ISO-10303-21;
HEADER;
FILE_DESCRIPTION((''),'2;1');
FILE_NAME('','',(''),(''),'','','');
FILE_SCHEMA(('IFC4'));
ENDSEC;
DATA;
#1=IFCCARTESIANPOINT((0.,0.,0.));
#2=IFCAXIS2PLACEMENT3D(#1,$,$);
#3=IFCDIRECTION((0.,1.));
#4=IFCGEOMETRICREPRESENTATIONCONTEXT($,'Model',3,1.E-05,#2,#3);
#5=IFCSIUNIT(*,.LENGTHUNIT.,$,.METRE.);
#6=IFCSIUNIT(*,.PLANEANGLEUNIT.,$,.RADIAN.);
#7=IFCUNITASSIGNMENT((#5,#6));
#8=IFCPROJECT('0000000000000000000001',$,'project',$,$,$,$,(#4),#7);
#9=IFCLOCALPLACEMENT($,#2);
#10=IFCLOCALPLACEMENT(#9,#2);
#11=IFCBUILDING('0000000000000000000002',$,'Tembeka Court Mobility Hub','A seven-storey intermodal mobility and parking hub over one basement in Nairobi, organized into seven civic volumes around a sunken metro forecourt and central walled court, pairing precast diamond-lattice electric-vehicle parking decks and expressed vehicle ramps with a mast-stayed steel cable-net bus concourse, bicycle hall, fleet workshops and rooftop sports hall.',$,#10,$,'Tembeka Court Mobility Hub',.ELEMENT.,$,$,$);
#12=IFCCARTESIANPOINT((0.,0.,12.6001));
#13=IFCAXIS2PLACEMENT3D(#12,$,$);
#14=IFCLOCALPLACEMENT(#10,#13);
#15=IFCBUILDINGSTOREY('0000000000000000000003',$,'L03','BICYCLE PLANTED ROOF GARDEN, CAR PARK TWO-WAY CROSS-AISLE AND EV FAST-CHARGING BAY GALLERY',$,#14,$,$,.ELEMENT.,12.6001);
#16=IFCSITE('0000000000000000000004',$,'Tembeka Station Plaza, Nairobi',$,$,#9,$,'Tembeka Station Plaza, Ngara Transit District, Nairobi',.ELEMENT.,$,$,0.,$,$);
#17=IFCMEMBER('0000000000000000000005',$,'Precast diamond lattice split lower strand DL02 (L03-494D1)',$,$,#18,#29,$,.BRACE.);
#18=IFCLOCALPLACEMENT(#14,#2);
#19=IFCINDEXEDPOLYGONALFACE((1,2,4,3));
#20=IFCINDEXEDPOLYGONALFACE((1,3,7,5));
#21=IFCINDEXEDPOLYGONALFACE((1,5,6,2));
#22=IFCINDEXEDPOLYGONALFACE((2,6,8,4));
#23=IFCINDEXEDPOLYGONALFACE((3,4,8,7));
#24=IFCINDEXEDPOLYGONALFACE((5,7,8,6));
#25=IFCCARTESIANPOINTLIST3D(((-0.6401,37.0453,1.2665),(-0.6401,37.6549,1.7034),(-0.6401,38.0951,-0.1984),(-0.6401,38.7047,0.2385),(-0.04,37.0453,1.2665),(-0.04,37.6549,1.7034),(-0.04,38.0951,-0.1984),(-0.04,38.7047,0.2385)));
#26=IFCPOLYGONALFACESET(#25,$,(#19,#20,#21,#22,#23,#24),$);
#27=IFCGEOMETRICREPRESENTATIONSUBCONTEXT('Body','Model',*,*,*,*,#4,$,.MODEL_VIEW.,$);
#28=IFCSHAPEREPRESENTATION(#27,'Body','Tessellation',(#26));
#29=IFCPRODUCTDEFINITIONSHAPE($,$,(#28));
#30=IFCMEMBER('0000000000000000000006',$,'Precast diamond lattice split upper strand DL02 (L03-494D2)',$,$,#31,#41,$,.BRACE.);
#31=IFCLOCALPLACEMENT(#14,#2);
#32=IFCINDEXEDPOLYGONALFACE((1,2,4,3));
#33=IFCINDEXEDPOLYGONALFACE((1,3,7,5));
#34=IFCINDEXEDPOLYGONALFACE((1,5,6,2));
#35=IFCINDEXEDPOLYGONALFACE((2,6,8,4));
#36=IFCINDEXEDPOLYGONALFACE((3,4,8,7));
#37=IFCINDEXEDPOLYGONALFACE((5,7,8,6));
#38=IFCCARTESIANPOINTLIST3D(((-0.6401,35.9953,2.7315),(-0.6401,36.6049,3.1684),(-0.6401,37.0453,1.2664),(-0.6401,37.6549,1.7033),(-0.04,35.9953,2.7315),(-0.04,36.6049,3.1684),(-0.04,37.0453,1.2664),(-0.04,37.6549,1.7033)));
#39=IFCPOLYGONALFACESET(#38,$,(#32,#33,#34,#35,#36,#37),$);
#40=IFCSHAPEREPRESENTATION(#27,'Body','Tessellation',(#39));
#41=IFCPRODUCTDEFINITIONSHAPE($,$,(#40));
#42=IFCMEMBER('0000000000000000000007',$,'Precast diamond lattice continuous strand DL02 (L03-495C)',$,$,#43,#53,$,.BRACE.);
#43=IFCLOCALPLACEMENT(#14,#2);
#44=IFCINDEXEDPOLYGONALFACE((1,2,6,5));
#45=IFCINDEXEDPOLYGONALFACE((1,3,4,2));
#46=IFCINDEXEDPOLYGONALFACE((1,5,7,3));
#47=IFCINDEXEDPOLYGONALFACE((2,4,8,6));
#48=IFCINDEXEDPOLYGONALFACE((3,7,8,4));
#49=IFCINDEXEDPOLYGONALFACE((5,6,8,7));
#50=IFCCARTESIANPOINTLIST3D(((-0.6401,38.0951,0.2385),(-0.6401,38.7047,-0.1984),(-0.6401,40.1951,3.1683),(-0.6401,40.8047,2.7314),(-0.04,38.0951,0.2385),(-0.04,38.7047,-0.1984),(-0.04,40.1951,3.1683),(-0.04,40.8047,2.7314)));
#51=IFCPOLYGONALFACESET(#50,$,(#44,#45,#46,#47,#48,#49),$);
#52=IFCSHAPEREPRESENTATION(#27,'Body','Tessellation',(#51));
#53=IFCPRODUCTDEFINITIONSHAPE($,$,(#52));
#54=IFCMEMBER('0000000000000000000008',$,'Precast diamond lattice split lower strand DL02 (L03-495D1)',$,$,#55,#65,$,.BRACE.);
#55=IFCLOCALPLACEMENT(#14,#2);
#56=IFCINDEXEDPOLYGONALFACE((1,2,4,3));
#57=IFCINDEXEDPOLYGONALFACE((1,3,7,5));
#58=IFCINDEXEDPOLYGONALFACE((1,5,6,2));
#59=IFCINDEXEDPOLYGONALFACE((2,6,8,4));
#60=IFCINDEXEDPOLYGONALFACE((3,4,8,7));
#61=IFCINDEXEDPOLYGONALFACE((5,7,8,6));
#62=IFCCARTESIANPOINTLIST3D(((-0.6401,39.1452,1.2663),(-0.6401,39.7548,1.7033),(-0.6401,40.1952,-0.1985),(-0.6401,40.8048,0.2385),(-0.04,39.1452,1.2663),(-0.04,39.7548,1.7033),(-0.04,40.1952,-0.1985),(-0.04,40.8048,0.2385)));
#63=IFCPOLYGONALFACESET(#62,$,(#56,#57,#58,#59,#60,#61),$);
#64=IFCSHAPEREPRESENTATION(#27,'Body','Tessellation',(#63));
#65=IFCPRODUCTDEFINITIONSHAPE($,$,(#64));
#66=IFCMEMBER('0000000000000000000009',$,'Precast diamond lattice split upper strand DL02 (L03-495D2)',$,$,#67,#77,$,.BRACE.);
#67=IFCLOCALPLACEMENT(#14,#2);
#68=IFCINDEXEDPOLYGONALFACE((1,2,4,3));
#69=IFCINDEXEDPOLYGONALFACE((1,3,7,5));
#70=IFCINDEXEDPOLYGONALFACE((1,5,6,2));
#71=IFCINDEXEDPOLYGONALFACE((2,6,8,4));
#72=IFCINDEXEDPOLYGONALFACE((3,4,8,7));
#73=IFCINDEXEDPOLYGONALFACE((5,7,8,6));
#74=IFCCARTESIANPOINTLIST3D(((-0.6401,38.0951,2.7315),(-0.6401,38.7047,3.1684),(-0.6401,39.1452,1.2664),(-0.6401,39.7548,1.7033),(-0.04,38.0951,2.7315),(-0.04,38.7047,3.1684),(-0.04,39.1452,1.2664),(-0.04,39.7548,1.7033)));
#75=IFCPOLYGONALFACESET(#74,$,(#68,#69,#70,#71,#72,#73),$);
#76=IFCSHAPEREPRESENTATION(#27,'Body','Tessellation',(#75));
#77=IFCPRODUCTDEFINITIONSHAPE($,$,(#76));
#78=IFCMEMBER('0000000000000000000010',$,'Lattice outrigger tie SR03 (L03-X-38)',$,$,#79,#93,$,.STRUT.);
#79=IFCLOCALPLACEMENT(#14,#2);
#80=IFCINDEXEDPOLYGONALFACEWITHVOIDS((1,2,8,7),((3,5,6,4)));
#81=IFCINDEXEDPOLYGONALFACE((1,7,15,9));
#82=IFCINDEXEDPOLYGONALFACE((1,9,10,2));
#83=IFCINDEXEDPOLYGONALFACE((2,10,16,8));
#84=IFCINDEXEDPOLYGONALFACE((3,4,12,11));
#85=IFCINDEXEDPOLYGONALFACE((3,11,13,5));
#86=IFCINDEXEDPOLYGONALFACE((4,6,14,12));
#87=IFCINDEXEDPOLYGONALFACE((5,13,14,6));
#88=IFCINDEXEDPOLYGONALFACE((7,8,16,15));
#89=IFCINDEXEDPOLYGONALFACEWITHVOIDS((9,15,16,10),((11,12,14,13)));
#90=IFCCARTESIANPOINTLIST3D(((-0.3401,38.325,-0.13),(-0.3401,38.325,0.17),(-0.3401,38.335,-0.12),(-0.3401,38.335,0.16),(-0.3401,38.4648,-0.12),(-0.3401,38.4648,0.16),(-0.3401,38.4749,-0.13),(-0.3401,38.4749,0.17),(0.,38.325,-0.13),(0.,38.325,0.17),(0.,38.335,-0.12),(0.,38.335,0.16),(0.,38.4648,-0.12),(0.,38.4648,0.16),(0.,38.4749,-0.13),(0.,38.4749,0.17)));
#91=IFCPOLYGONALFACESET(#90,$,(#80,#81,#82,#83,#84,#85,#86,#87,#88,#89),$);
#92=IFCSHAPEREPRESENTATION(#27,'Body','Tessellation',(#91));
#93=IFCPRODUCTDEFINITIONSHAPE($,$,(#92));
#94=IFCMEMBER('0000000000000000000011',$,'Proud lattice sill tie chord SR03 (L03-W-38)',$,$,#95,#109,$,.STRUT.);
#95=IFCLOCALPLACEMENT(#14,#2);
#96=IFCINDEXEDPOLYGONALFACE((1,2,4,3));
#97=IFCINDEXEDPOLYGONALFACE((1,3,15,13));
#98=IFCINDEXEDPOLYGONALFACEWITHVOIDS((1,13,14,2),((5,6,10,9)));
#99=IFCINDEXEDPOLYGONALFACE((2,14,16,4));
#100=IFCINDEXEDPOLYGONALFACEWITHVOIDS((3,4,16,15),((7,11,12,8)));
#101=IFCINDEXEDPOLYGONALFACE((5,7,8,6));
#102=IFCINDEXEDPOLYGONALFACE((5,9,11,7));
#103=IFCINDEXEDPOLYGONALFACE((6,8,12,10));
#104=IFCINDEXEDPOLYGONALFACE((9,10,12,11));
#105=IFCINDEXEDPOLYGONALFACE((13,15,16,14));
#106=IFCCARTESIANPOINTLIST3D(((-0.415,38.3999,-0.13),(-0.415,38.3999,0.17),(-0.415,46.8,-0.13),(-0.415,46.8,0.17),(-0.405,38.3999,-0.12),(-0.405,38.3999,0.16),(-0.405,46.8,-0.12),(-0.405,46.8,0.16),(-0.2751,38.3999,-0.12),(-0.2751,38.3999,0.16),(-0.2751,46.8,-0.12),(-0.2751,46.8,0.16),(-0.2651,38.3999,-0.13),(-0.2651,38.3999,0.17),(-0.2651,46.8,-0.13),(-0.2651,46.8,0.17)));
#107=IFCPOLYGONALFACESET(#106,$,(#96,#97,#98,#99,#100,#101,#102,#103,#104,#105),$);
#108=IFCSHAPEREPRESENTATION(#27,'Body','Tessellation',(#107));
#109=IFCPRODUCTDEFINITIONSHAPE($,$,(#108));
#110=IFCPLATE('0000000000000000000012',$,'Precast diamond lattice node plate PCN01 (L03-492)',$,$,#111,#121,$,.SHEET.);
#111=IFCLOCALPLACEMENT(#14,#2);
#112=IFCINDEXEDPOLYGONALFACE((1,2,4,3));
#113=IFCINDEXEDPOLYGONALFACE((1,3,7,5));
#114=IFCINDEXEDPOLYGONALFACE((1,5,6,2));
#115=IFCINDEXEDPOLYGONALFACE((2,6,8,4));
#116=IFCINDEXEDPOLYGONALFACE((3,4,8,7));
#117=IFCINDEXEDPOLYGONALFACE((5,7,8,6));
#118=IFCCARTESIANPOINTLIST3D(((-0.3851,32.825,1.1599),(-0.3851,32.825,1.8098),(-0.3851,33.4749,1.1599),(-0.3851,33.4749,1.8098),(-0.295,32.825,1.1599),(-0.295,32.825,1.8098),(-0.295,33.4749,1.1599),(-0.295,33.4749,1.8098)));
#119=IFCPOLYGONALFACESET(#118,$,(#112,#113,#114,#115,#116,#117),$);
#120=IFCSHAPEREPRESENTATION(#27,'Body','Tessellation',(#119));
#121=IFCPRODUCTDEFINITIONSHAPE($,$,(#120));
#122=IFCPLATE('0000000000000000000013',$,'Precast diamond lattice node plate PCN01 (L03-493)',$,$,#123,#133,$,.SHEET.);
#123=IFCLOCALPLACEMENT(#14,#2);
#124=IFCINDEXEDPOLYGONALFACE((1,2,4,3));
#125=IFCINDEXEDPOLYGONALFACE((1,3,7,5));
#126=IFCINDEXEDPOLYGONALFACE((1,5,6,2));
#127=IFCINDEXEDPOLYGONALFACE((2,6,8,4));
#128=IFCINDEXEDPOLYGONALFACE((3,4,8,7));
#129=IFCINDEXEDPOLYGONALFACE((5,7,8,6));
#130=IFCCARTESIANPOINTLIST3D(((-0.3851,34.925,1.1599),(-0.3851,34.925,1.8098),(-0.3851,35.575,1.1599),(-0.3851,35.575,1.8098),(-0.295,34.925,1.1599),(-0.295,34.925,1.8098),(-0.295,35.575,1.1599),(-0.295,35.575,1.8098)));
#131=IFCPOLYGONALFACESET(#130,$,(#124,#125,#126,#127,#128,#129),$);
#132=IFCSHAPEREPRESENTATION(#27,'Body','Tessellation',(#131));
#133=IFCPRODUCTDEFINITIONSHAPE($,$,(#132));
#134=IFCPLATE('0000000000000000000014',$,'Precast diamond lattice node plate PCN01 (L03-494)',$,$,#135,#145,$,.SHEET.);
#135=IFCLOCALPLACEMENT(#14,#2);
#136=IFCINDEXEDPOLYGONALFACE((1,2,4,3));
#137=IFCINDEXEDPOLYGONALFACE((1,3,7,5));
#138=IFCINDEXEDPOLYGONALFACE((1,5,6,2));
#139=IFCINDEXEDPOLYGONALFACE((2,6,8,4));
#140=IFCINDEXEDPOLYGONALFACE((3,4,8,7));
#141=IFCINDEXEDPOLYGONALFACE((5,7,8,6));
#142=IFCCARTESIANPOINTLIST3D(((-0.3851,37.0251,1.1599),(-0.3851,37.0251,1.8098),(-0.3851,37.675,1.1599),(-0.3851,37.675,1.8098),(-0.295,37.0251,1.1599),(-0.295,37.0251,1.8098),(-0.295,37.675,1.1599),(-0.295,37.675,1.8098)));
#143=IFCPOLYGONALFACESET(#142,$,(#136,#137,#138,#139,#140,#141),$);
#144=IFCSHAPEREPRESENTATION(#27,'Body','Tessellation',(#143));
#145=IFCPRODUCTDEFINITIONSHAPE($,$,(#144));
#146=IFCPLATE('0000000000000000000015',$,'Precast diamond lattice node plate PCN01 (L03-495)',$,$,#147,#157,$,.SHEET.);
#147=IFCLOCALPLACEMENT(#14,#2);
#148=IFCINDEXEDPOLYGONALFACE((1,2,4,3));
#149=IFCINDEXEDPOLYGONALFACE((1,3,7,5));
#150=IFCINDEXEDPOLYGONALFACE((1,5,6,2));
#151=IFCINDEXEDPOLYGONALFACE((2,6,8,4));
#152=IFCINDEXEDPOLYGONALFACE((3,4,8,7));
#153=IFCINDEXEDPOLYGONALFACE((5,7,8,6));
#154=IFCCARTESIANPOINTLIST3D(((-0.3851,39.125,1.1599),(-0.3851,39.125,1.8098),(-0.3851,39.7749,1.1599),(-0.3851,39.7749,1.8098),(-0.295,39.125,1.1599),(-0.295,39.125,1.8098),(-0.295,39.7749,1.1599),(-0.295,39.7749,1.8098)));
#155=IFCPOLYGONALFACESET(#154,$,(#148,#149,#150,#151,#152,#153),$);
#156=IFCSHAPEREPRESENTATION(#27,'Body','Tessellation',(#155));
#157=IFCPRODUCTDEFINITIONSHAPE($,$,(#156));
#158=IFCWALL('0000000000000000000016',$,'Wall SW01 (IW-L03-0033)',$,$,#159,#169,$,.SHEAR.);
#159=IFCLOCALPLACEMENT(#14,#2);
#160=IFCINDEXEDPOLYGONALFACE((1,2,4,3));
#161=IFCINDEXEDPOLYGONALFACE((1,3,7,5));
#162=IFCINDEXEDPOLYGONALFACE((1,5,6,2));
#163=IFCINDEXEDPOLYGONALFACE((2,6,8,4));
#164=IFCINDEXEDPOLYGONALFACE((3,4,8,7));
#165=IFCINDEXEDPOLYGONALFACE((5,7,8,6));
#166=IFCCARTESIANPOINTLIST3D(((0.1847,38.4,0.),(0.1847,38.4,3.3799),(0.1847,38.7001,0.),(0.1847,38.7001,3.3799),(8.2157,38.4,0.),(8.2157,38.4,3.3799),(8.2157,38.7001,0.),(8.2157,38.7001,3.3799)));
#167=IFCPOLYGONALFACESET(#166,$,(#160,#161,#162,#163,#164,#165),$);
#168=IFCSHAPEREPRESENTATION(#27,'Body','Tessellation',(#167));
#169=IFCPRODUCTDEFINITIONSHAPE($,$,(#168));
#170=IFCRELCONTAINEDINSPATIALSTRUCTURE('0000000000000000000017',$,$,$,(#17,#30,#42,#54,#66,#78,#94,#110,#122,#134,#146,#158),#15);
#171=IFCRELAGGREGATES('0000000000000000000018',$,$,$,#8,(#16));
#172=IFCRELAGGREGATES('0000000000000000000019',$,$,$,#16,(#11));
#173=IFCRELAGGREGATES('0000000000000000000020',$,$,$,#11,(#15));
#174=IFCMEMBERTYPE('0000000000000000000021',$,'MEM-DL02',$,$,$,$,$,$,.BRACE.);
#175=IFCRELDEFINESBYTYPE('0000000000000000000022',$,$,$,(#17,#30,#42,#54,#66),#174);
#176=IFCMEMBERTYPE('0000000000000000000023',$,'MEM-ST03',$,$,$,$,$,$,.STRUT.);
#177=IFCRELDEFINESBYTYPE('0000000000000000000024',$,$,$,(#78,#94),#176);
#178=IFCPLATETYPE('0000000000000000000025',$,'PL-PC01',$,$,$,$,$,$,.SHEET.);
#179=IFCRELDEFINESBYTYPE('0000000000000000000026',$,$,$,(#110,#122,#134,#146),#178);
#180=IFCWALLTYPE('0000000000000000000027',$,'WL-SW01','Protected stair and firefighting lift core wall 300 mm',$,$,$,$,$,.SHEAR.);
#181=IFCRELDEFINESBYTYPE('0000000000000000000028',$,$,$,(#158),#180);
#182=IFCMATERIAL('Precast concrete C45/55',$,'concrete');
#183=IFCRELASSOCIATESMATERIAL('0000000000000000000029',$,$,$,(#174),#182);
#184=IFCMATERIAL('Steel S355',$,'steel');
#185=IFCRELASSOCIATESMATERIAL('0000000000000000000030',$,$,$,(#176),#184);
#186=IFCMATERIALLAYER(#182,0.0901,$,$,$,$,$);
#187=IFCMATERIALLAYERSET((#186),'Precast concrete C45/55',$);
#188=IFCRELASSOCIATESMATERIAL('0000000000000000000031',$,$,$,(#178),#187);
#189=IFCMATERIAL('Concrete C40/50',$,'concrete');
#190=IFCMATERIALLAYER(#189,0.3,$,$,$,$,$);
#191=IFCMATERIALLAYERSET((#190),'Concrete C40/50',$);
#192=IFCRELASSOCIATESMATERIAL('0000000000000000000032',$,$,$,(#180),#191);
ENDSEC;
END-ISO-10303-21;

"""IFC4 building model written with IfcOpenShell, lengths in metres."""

from ifc_helpers import new_model, si_unit, direction, frame, frame_2d, origin, origin_2d, place, context, subcontext, project, spatial, rectangle, hollow_rectangle, extrude, material, layer, layer_set, material_profile, profile_set, type_object, element, save


model = new_model("IFC4")

# Units and contexts
model_context = context("Model", 3, precision=1e-05, world=origin(), true_north=direction((0.0, 1.0)))
body_context = subcontext(model_context, "Body", "Model", "MODEL_VIEW")
ifc_project = project(units=[si_unit("LENGTHUNIT", "METRE"), si_unit("PLANEANGLEUNIT", "RADIAN")], contexts=[model_context])

# Site, building, storey
site_placement = place(None, origin())
site = spatial("IfcSite", under=ifc_project, at=site_placement, Name="Tembeka Station Plaza, Nairobi", LongName="Tembeka Station Plaza, Ngara Transit District, Nairobi", CompositionType="ELEMENT", RefElevation=0.0)
building_placement = place(site_placement, origin())
building = spatial("IfcBuilding", under=site, at=building_placement, Name="Tembeka Court Mobility Hub", Description="A seven-storey intermodal mobility and parking hub over one basement in Nairobi, organized into seven civic volumes around a sunken metro forecourt and central walled court, pairing precast diamond-lattice electric-vehicle parking decks and expressed vehicle ramps with a mast-stayed steel cable-net bus concourse, bicycle hall, fleet workshops and rooftop sports hall.", LongName="Tembeka Court Mobility Hub", CompositionType="ELEMENT")
storey_placement = place(building_placement, frame((0.0, 0.0, 12.6001)))
storey = spatial("IfcBuildingStorey", under=building, at=storey_placement, Name="L03", Description="BICYCLE PLANTED ROOF GARDEN, CAR PARK TWO-WAY CROSS-AISLE AND EV FAST-CHARGING BAY GALLERY", CompositionType="ELEMENT", Elevation=12.6001)

# Shared definitions
ifc_material_1 = material(Name="Steel S355", Category="steel")

# Shared definitions
ifc_material_2 = material(Name="Precast concrete C45/55", Category="concrete")

# Members
ifc_material_profile_1 = material_profile(ifc_material_2, rectangle(XDim=0.6001, YDim=0.75, at=origin_2d()), Name="PC-DIAG 600x750")
ifc_profile_set_1 = profile_set([ifc_material_profile_1], Name="Precast concrete C45/55")
member_type_1 = type_object("IfcMemberType", Name="MEM-DL02", PredefinedType="BRACE", material=ifc_profile_set_1)
member_1_placement = place(storey_placement, frame((-0.3401, 38.3999, 0.02), z_axis=(0.0, -0.582519, 0.812817), x_axis=(1.0, 0.0, 0.0)))
element("IfcMember", 1, at=member_1_placement, inside=storey, type_object=member_type_1, Name="Precast diamond lattice split lower strand DL02 (L03-494D1)", PredefinedType="BRACE", context=body_context, shape_type="SweptSolid", body=[
    extrude(rectangle(XDim=0.6001, YDim=0.75, at=origin_2d()), origin(), (0.0, 0.0, 1.0), 1.8022),
])
member_2_placement = place(storey_placement, frame((-0.3401, 37.3501, 1.4849), z_axis=(0.0, -0.582544, 0.812799), x_axis=(1.0, 0.0, 0.0)))
element("IfcMember", 2, at=member_2_placement, inside=storey, type_object=member_type_1, Name="Precast diamond lattice split upper strand DL02 (L03-494D2)", PredefinedType="BRACE", context=body_context, shape_type="SweptSolid", body=[
    extrude(rectangle(XDim=0.6001, YDim=0.75, at=origin_2d()), origin(), (0.0, 0.0, 1.0), 1.8025),
])
member_3_placement = place(storey_placement, frame((-0.3401, 38.3999, 0.02), z_axis=(0.0, 0.582576, 0.812776), x_axis=(-1.0, 0.0, 0.0)))
element("IfcMember", 3, at=member_3_placement, inside=storey, type_object=member_type_1, Name="Precast diamond lattice continuous strand DL02 (L03-495C)", PredefinedType="BRACE", context=body_context, shape_type="SweptSolid", body=[
    extrude(rectangle(XDim=0.6001, YDim=0.75, at=origin_2d()), origin(), (0.0, 0.0, 1.0), 3.6047),
])
member_4_placement = place(storey_placement, frame((-0.3401, 40.5, 0.02), z_axis=(0.0, -0.582608, 0.812753), x_axis=(1.0, 0.0, 0.0)))
element("IfcMember", 4, at=member_4_placement, inside=storey, type_object=member_type_1, Name="Precast diamond lattice split lower strand DL02 (L03-495D1)", PredefinedType="BRACE", context=body_context, shape_type="SweptSolid", body=[
    extrude(rectangle(XDim=0.6001, YDim=0.75, at=origin_2d()), origin(), (0.0, 0.0, 1.0), 1.8022),
])
member_5_placement = place(storey_placement, frame((-0.3401, 39.45, 1.4849), z_axis=(0.0, -0.582544, 0.812799), x_axis=(1.0, 0.0, 0.0)))
element("IfcMember", 5, at=member_5_placement, inside=storey, type_object=member_type_1, Name="Precast diamond lattice split upper strand DL02 (L03-495D2)", PredefinedType="BRACE", context=body_context, shape_type="SweptSolid", body=[
    extrude(rectangle(XDim=0.6001, YDim=0.75, at=origin_2d()), origin(), (0.0, 0.0, 1.0), 1.8025),
])
ifc_material_profile_2 = material_profile(ifc_material_1, hollow_rectangle(XDim=0.1499, YDim=0.3, WallThickness=0.01, at=origin_2d()), Name="RHS 300x150x10")
ifc_profile_set_2 = profile_set([ifc_material_profile_2], Name="Steel S355")
member_type_2 = type_object("IfcMemberType", Name="MEM-ST03", PredefinedType="STRUT", material=ifc_profile_set_2)
member_6_placement = place(storey_placement, frame((0.0, 38.3999, 0.02), z_axis=(-1.0, 0.0, 0.0), x_axis=(0.0, -1.0, 0.0)))
element("IfcMember", 6, at=member_6_placement, inside=storey, type_object=member_type_2, Name="Lattice outrigger tie SR03 (L03-X-38)", PredefinedType="STRUT", context=body_context, shape_type="SweptSolid", body=[
    extrude(hollow_rectangle(XDim=0.1499, YDim=0.3, WallThickness=0.01, at=origin_2d()), origin(), (0.0, 0.0, 1.0), 0.3401),
])
member_7_placement = place(storey_placement, frame((-0.3401, 38.3999, 0.02), z_axis=(0.0, 1.0, 0.0), x_axis=(-1.0, 0.0, 0.0)))
element("IfcMember", 7, at=member_7_placement, inside=storey, type_object=member_type_2, Name="Proud lattice sill tie chord SR03 (L03-W-38)", PredefinedType="STRUT", context=body_context, shape_type="SweptSolid", body=[
    extrude(hollow_rectangle(XDim=0.1499, YDim=0.3, WallThickness=0.01, at=origin_2d()), origin(), (0.0, 0.0, 1.0), 8.4001),
])

# Plates
ifc_layer_1 = layer(ifc_material_2, 0.0901)
ifc_layer_set_1 = layer_set([ifc_layer_1], Name="Precast concrete C45/55")
plate_type = type_object("IfcPlateType", Name="PL-PC01", PredefinedType="SHEET", material=ifc_layer_set_1)
for number, where, z_axis, x_axis, name in (
    (8, (-0.3401, 33.1499, 1.1599), (0.0, 0.0, 1.0), (1.0, 0.0, 0.0), "Precast diamond lattice node plate PCN01 (L03-492)"),
    (9, (-0.3401, 35.25, 1.1599), (0.0, 0.0, 1.0), (1.0, 0.0, 0.0), "Precast diamond lattice node plate PCN01 (L03-493)"),
    (10, (-0.3401, 37.3501, 1.1599), (0.0, 0.0, 1.0), (1.0, 0.0, 0.0), "Precast diamond lattice node plate PCN01 (L03-494)"),
    (11, (-0.3401, 39.45, 1.1599), (0.0, 0.0, 1.0), (1.0, 0.0, 0.0), "Precast diamond lattice node plate PCN01 (L03-495)"),
):
    element("IfcPlate", number, at=place(storey_placement, frame(where, z_axis=z_axis, x_axis=x_axis)), inside=storey, type_object=plate_type, Name=name, PredefinedType="SHEET", context=body_context, shape_type="SweptSolid", body=[
        extrude(rectangle(XDim=0.0901, YDim=0.6499, at=origin_2d()), origin(), (0.0, 0.0, 1.0), 0.6499),
    ])

# Wall
ifc_material_3 = material(Name="Concrete C40/50", Category="concrete")
ifc_layer_2 = layer(ifc_material_3, 0.3)
ifc_layer_set_2 = layer_set([ifc_layer_2], Name="Concrete C40/50")
wall_type_1 = type_object("IfcWallType", Name="WL-SW01", Description="Protected stair and firefighting lift core wall 300 mm", PredefinedType="SHEAR", material=ifc_layer_set_2)
wall_1_placement = place(storey_placement, frame((0.1846, 38.55, 0.0), z_axis=(0.0, 0.0, 1.0), x_axis=(1.0, 0.0, 0.0)))
element("IfcWall", 12, at=wall_1_placement, inside=storey, type_object=wall_type_1, Name="Wall SW01 (IW-L03-0033)", PredefinedType="SHEAR", context=body_context, shape_type="SweptSolid", body=[
    extrude(rectangle(XDim=8.031, YDim=0.3, at=frame_2d((4.0156, 0.0))), origin(), (0.0, 0.0, 1.0), 3.3799),
])

save(model, "model.ifc")
